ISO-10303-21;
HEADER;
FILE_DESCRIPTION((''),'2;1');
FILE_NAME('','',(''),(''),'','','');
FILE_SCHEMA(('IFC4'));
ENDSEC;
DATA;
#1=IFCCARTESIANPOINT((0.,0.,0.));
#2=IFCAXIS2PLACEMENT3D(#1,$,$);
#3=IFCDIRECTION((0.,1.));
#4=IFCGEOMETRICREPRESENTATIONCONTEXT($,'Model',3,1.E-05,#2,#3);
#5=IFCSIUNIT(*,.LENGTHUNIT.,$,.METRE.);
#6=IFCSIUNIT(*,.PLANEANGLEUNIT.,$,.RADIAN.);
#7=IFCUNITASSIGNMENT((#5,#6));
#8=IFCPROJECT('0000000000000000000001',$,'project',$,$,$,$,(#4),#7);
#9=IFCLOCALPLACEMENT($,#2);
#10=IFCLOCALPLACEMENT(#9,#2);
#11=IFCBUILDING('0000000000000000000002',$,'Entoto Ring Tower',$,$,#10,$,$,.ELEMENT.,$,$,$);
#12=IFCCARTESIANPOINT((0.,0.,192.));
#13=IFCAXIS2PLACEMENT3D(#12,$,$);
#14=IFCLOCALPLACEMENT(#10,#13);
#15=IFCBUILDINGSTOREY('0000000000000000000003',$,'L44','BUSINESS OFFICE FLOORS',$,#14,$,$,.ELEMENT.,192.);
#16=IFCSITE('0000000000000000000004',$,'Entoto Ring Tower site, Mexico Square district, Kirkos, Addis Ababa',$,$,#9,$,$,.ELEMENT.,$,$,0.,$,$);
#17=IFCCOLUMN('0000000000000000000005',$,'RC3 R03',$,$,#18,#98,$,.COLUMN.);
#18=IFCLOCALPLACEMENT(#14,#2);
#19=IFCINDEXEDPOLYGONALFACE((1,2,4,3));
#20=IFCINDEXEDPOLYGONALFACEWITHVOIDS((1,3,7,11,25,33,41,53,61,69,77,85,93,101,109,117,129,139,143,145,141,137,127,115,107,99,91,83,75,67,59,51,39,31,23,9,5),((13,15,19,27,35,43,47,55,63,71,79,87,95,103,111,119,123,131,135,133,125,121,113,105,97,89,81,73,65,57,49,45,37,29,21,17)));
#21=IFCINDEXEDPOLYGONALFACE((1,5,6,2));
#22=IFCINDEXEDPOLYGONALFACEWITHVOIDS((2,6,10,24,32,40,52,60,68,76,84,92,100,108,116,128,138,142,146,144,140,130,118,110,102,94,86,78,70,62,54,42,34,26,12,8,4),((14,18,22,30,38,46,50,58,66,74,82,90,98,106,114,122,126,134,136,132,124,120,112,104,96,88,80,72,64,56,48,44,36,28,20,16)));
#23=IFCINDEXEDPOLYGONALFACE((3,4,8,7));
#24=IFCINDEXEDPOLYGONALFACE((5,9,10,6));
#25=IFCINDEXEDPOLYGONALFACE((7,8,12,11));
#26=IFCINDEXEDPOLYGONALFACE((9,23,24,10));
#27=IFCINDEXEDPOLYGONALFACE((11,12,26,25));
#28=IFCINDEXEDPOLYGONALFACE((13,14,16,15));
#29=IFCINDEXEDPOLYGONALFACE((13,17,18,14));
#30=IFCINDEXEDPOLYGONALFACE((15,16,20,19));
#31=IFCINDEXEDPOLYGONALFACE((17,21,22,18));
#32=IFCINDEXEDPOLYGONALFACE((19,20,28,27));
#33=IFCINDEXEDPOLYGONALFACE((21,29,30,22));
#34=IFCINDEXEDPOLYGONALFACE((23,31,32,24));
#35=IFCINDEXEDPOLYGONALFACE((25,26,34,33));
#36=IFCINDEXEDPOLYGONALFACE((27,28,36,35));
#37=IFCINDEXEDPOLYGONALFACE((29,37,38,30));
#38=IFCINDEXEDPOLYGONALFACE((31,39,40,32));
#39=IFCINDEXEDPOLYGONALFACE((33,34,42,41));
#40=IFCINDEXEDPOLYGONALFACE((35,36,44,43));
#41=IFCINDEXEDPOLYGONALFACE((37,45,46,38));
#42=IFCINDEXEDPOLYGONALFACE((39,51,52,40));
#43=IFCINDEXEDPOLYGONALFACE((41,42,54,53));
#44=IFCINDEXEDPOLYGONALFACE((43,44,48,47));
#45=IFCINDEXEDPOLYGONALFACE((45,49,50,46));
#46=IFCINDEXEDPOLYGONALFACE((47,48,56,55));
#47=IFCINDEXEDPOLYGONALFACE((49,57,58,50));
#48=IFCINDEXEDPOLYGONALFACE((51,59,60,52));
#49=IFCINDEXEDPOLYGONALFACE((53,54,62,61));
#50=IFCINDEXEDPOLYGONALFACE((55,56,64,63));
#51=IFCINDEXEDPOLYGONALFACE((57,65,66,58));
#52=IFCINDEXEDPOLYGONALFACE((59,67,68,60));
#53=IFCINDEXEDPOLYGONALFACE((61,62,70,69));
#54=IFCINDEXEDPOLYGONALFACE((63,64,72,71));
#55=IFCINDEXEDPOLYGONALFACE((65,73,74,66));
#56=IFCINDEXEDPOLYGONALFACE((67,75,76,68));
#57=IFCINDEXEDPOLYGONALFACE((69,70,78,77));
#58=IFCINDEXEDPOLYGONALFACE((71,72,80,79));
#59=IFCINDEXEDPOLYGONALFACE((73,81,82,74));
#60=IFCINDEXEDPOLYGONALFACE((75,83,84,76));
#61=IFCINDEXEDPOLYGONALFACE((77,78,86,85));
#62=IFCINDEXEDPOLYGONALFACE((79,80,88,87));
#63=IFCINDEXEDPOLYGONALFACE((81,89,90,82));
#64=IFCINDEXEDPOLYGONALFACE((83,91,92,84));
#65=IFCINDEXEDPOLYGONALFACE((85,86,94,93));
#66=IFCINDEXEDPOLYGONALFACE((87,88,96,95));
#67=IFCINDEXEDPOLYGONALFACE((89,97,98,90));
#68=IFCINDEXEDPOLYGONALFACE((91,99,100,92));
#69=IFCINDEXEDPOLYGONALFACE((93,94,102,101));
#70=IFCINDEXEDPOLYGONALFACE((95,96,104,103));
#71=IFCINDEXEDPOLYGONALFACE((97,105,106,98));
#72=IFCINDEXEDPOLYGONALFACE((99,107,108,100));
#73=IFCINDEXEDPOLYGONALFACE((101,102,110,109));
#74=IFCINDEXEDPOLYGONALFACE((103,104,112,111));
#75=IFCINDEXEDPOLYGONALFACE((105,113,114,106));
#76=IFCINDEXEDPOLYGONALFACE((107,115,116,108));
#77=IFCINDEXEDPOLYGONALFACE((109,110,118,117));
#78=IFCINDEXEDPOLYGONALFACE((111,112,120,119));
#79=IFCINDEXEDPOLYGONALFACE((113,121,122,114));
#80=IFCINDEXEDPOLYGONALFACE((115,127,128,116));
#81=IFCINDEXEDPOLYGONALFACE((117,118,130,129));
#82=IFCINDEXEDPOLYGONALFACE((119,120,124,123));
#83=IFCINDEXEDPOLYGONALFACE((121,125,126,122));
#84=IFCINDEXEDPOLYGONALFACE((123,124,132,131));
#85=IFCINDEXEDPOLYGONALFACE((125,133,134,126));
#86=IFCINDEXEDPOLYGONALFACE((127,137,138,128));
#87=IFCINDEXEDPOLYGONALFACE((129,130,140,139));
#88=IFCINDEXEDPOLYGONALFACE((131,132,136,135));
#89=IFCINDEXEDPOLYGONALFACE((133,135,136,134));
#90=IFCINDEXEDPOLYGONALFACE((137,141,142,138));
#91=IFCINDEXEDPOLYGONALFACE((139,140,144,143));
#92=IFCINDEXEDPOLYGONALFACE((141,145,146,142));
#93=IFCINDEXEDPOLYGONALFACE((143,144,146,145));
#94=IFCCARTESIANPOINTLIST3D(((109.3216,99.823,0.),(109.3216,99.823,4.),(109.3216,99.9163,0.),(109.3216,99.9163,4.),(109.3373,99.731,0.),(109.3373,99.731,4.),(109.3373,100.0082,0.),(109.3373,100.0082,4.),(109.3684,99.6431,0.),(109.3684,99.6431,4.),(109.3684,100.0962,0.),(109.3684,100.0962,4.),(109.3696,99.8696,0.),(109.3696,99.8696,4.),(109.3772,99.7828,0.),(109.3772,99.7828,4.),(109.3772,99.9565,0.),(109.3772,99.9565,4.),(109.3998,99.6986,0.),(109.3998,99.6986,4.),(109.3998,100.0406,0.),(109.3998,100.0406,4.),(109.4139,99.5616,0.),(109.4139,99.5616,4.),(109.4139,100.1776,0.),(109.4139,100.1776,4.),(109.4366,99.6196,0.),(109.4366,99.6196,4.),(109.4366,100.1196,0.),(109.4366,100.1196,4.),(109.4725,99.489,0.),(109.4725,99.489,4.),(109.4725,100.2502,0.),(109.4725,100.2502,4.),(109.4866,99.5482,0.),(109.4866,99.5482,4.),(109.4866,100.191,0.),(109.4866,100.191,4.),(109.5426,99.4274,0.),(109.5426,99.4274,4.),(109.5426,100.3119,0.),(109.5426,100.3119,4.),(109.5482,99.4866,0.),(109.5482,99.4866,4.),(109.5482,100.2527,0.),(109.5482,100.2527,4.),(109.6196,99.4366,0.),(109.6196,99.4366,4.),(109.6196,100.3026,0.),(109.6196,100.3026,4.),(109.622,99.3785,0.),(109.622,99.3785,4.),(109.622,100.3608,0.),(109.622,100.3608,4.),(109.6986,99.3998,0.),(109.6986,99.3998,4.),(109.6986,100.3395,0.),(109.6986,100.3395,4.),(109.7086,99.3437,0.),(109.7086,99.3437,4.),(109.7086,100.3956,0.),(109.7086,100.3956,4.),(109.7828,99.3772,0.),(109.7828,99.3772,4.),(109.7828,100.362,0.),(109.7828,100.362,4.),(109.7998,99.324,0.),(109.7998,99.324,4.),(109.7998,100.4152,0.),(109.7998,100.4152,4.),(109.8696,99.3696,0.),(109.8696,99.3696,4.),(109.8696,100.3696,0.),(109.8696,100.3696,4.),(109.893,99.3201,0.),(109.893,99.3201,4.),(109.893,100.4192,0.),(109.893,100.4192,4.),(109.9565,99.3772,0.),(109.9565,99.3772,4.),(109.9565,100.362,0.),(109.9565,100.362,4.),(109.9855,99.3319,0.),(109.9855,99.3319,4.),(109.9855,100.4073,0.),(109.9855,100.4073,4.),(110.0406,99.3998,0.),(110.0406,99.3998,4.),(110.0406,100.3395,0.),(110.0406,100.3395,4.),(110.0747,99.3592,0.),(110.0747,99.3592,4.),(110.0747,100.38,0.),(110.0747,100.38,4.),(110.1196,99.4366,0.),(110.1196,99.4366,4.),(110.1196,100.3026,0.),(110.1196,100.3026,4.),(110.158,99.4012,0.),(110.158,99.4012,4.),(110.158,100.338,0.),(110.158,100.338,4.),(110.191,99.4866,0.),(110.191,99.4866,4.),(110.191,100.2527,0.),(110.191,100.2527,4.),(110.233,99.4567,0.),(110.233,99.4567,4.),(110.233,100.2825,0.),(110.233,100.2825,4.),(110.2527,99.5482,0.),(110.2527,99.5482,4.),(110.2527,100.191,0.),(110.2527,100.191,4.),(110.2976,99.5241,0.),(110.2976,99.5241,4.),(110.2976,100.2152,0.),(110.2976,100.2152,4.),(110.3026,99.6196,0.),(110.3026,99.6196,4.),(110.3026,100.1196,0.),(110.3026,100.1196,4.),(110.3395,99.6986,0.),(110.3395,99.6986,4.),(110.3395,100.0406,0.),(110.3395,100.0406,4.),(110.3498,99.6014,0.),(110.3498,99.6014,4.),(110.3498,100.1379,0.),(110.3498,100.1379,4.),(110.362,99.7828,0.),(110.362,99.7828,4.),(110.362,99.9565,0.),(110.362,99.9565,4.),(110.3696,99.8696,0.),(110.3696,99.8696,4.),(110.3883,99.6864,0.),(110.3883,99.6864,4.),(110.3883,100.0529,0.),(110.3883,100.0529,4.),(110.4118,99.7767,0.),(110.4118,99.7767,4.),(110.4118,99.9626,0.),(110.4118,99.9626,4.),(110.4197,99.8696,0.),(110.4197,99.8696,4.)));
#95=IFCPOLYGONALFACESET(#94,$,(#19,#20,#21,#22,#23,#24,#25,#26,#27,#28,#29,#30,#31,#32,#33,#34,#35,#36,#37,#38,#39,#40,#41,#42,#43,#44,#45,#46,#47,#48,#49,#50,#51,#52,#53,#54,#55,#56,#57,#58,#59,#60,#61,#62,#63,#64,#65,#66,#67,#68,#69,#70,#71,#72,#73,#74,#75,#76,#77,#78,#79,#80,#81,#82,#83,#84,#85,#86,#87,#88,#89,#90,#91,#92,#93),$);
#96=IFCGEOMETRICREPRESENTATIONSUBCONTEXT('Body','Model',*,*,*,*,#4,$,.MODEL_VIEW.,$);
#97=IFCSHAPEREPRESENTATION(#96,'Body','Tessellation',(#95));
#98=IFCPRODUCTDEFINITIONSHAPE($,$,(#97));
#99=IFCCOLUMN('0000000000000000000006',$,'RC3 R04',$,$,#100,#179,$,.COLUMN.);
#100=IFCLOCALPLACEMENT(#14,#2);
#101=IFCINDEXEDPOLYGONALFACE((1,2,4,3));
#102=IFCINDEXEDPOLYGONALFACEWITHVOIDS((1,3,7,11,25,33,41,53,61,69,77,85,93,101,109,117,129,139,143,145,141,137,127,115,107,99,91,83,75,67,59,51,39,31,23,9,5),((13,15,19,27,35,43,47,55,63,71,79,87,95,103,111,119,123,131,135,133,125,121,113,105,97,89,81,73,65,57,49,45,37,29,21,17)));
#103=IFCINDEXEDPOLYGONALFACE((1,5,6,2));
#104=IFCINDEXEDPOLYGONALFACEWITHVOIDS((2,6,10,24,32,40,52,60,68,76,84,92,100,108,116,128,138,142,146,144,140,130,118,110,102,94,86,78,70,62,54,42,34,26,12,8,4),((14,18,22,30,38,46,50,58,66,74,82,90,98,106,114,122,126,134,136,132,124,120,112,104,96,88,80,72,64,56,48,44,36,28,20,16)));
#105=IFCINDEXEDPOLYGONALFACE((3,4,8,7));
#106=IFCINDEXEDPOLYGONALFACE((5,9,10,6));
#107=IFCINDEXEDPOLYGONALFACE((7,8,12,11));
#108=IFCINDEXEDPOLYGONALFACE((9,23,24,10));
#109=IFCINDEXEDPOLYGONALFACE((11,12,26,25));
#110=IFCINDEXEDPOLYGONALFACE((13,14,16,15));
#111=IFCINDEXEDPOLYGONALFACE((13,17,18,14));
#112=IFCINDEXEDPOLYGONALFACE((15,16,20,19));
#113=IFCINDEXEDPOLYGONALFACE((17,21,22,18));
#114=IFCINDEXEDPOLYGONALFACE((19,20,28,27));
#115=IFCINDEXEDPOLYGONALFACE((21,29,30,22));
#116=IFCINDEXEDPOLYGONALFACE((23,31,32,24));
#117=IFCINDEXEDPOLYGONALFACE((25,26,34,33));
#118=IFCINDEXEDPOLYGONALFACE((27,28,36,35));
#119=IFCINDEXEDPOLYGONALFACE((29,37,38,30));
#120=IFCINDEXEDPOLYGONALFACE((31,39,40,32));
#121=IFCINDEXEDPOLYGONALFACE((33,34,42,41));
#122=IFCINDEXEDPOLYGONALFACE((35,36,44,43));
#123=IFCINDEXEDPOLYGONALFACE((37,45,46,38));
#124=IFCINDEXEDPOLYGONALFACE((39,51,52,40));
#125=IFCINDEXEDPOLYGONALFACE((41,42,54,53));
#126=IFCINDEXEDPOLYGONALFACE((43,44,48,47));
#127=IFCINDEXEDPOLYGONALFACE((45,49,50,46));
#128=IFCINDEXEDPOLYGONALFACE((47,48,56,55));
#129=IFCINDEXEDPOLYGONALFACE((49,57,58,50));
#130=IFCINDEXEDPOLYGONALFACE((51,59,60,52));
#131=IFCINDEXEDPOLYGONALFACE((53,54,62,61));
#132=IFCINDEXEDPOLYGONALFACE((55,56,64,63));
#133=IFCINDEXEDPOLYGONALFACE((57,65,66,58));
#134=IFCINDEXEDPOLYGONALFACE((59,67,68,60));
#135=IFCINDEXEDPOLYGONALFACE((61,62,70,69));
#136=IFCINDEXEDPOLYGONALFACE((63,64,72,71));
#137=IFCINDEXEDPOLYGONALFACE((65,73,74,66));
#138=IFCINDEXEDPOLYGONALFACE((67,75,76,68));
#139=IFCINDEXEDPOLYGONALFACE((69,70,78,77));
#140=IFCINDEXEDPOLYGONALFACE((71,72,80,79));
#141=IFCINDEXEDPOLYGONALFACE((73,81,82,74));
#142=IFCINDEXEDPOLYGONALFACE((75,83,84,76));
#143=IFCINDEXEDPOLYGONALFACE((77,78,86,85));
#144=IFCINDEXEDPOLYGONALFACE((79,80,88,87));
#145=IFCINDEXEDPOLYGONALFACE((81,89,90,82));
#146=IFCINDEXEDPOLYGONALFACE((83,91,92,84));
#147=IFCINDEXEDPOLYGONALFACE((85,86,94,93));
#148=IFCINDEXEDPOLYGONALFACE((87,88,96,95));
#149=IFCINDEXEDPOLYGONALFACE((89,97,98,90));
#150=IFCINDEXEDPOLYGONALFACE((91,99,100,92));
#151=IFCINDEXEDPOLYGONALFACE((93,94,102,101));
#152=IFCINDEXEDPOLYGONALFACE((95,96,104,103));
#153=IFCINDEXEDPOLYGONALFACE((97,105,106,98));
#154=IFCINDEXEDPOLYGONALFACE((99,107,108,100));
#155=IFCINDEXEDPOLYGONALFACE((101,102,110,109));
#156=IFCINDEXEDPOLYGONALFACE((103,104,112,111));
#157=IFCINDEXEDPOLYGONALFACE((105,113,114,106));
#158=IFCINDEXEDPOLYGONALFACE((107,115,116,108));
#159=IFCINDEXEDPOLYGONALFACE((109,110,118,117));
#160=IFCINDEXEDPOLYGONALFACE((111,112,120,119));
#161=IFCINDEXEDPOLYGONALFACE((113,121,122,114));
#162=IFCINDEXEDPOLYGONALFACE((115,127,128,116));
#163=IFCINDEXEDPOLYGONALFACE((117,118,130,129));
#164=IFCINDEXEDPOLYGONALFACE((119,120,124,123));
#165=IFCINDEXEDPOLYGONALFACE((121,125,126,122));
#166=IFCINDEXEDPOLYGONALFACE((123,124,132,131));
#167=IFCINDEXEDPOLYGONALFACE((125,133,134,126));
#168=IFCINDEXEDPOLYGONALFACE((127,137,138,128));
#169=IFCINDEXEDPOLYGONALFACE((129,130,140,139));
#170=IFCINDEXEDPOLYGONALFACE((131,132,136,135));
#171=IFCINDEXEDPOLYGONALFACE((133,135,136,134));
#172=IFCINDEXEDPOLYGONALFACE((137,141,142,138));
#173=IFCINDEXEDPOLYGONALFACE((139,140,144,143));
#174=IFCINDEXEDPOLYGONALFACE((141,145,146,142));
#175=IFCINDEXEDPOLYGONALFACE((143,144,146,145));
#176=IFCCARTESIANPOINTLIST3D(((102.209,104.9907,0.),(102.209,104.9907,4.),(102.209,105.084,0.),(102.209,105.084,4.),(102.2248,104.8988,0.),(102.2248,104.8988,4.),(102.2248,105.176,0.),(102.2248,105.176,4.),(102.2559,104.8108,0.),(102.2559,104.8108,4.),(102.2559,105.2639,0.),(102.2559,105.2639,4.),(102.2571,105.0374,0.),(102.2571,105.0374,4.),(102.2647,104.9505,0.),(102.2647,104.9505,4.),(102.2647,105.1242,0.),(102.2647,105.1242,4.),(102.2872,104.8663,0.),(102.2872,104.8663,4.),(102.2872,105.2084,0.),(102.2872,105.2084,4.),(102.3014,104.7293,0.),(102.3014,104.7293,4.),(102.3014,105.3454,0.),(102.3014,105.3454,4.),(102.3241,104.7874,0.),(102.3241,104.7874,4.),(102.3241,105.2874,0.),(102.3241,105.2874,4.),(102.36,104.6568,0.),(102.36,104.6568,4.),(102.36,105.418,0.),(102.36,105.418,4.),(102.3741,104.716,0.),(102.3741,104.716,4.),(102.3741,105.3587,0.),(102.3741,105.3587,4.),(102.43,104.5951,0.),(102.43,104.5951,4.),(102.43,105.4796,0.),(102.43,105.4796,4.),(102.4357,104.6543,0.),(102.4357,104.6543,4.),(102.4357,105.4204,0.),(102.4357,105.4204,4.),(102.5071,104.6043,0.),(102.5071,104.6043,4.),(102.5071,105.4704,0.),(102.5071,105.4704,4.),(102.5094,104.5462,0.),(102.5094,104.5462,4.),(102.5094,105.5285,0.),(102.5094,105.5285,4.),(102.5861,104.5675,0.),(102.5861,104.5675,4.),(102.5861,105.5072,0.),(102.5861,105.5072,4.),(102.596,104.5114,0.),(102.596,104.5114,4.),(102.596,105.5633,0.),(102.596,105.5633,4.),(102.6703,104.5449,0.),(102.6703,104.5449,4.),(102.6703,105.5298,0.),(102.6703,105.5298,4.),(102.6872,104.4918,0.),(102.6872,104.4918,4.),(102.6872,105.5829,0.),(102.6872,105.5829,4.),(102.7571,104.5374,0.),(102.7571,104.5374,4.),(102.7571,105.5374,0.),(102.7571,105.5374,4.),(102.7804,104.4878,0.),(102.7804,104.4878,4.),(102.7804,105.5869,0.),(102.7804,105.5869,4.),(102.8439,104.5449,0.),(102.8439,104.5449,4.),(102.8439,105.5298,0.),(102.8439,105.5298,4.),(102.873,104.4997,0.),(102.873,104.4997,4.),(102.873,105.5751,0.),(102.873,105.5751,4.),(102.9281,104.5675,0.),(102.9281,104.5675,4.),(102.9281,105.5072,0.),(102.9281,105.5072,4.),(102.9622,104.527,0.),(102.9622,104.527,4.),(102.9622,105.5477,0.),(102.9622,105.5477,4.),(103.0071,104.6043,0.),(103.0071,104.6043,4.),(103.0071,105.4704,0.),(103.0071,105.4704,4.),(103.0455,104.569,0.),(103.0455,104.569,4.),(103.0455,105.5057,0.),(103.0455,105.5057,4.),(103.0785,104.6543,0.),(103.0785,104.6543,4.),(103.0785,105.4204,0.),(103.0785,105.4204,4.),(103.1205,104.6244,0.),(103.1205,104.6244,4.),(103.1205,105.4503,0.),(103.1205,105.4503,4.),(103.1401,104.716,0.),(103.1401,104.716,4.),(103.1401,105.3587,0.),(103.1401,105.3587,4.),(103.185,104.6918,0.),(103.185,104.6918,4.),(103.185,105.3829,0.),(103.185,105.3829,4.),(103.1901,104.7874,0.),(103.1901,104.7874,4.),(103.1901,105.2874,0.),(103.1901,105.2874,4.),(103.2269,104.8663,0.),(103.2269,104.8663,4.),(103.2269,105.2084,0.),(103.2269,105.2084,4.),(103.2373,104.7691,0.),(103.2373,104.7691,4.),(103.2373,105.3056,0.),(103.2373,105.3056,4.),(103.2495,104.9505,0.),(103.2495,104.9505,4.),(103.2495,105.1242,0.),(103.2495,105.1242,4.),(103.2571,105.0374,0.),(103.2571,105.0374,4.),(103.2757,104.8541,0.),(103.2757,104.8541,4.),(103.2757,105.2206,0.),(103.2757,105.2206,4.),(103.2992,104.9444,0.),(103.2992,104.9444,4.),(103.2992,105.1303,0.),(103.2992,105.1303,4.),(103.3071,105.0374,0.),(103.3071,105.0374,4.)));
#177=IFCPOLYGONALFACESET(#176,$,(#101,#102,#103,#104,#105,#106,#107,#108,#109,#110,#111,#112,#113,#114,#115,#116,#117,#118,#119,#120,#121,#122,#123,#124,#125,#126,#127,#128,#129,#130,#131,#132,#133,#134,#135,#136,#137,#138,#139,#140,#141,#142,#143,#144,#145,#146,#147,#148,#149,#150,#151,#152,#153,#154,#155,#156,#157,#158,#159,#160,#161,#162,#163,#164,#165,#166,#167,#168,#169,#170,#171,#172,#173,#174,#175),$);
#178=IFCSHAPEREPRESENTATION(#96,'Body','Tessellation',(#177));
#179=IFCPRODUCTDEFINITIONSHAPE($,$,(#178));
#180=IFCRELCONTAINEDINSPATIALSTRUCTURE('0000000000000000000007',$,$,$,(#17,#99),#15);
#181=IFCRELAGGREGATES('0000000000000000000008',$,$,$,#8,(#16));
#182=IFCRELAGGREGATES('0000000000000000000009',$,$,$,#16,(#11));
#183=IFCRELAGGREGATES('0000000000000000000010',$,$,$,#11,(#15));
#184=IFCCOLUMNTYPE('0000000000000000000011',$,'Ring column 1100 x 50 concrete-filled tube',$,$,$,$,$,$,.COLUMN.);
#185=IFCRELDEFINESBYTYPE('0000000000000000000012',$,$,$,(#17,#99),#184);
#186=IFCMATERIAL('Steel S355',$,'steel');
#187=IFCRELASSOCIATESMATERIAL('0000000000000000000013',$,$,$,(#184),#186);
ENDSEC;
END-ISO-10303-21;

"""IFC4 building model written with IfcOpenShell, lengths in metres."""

from ifc_helpers import new_model, si_unit, direction, frame, origin, origin_2d, place, context, subcontext, project, spatial, circle, hollow_circle, extrude, material, material_profile, profile_set, type_object, element, save


model = new_model("IFC4")

# Units and contexts
model_context = context("Model", 3, precision=1e-05, world=origin(), true_north=direction((0.0, 1.0)))
body_context = subcontext(model_context, "Body", "Model", "MODEL_VIEW")
ifc_project = project(units=[si_unit("LENGTHUNIT", "METRE"), si_unit("PLANEANGLEUNIT", "RADIAN")], contexts=[model_context])

# Site, building, storey
site_placement = place(None, origin())
site = spatial("IfcSite", under=ifc_project, at=site_placement, Name="Entoto Ring Tower site, Mexico Square district, Kirkos, Addis Ababa", CompositionType="ELEMENT", RefElevation=0.0)
building_placement = place(site_placement, origin())
building = spatial("IfcBuilding", under=site, at=building_placement, Name="Entoto Ring Tower", CompositionType="ELEMENT")
storey_placement = place(building_placement, frame((0.0, 0.0, 192.0)))
storey = spatial("IfcBuildingStorey", under=building, at=storey_placement, Name="L44", Description="BUSINESS OFFICE FLOORS", CompositionType="ELEMENT", Elevation=192.0)

# Columns
ifc_material_1 = material(Name="Steel S355", Category="steel")
ifc_material_profile_1 = material_profile(ifc_material_1, hollow_circle(Radius=0.55, WallThickness=0.05, at=origin_2d()), Name="CHS 1100 x 50")
ifc_material_2 = material(Name="Concrete C60/75", Category="concrete")
ifc_material_profile_2 = material_profile(ifc_material_2, circle(Radius=0.5, at=origin_2d()), Name="Concrete C60/75 infill")
ifc_profile_set_1 = profile_set([ifc_material_profile_1, ifc_material_profile_2], Name="Steel S355")
column_type = type_object("IfcColumnType", Name="Ring column 1100 x 50 concrete-filled tube", PredefinedType="COLUMN", material=ifc_profile_set_1)
for number, where, z_axis, x_axis, name in (
    (1, (109.8696, 99.8696, 0.0), (0.0, 0.0, 1.0), (1.0, 0.0, 0.0), "RC3 R03"),
    (2, (102.7571, 105.0374, 0.0), (0.0, 0.0, 1.0), (1.0, 0.0, 0.0), "RC3 R04"),
):
    element("IfcColumn", number, at=place(storey_placement, frame(where, z_axis=z_axis, x_axis=x_axis)), inside=storey, type_object=column_type, Name=name, PredefinedType="COLUMN", context=body_context, shape_type="SweptSolid", body=[
        extrude(hollow_circle(Radius=0.55, WallThickness=0.05, at=origin_2d()), origin(), (0.0, 0.0, 1.0), 4.0),
    ])

save(model, "model.ifc")
